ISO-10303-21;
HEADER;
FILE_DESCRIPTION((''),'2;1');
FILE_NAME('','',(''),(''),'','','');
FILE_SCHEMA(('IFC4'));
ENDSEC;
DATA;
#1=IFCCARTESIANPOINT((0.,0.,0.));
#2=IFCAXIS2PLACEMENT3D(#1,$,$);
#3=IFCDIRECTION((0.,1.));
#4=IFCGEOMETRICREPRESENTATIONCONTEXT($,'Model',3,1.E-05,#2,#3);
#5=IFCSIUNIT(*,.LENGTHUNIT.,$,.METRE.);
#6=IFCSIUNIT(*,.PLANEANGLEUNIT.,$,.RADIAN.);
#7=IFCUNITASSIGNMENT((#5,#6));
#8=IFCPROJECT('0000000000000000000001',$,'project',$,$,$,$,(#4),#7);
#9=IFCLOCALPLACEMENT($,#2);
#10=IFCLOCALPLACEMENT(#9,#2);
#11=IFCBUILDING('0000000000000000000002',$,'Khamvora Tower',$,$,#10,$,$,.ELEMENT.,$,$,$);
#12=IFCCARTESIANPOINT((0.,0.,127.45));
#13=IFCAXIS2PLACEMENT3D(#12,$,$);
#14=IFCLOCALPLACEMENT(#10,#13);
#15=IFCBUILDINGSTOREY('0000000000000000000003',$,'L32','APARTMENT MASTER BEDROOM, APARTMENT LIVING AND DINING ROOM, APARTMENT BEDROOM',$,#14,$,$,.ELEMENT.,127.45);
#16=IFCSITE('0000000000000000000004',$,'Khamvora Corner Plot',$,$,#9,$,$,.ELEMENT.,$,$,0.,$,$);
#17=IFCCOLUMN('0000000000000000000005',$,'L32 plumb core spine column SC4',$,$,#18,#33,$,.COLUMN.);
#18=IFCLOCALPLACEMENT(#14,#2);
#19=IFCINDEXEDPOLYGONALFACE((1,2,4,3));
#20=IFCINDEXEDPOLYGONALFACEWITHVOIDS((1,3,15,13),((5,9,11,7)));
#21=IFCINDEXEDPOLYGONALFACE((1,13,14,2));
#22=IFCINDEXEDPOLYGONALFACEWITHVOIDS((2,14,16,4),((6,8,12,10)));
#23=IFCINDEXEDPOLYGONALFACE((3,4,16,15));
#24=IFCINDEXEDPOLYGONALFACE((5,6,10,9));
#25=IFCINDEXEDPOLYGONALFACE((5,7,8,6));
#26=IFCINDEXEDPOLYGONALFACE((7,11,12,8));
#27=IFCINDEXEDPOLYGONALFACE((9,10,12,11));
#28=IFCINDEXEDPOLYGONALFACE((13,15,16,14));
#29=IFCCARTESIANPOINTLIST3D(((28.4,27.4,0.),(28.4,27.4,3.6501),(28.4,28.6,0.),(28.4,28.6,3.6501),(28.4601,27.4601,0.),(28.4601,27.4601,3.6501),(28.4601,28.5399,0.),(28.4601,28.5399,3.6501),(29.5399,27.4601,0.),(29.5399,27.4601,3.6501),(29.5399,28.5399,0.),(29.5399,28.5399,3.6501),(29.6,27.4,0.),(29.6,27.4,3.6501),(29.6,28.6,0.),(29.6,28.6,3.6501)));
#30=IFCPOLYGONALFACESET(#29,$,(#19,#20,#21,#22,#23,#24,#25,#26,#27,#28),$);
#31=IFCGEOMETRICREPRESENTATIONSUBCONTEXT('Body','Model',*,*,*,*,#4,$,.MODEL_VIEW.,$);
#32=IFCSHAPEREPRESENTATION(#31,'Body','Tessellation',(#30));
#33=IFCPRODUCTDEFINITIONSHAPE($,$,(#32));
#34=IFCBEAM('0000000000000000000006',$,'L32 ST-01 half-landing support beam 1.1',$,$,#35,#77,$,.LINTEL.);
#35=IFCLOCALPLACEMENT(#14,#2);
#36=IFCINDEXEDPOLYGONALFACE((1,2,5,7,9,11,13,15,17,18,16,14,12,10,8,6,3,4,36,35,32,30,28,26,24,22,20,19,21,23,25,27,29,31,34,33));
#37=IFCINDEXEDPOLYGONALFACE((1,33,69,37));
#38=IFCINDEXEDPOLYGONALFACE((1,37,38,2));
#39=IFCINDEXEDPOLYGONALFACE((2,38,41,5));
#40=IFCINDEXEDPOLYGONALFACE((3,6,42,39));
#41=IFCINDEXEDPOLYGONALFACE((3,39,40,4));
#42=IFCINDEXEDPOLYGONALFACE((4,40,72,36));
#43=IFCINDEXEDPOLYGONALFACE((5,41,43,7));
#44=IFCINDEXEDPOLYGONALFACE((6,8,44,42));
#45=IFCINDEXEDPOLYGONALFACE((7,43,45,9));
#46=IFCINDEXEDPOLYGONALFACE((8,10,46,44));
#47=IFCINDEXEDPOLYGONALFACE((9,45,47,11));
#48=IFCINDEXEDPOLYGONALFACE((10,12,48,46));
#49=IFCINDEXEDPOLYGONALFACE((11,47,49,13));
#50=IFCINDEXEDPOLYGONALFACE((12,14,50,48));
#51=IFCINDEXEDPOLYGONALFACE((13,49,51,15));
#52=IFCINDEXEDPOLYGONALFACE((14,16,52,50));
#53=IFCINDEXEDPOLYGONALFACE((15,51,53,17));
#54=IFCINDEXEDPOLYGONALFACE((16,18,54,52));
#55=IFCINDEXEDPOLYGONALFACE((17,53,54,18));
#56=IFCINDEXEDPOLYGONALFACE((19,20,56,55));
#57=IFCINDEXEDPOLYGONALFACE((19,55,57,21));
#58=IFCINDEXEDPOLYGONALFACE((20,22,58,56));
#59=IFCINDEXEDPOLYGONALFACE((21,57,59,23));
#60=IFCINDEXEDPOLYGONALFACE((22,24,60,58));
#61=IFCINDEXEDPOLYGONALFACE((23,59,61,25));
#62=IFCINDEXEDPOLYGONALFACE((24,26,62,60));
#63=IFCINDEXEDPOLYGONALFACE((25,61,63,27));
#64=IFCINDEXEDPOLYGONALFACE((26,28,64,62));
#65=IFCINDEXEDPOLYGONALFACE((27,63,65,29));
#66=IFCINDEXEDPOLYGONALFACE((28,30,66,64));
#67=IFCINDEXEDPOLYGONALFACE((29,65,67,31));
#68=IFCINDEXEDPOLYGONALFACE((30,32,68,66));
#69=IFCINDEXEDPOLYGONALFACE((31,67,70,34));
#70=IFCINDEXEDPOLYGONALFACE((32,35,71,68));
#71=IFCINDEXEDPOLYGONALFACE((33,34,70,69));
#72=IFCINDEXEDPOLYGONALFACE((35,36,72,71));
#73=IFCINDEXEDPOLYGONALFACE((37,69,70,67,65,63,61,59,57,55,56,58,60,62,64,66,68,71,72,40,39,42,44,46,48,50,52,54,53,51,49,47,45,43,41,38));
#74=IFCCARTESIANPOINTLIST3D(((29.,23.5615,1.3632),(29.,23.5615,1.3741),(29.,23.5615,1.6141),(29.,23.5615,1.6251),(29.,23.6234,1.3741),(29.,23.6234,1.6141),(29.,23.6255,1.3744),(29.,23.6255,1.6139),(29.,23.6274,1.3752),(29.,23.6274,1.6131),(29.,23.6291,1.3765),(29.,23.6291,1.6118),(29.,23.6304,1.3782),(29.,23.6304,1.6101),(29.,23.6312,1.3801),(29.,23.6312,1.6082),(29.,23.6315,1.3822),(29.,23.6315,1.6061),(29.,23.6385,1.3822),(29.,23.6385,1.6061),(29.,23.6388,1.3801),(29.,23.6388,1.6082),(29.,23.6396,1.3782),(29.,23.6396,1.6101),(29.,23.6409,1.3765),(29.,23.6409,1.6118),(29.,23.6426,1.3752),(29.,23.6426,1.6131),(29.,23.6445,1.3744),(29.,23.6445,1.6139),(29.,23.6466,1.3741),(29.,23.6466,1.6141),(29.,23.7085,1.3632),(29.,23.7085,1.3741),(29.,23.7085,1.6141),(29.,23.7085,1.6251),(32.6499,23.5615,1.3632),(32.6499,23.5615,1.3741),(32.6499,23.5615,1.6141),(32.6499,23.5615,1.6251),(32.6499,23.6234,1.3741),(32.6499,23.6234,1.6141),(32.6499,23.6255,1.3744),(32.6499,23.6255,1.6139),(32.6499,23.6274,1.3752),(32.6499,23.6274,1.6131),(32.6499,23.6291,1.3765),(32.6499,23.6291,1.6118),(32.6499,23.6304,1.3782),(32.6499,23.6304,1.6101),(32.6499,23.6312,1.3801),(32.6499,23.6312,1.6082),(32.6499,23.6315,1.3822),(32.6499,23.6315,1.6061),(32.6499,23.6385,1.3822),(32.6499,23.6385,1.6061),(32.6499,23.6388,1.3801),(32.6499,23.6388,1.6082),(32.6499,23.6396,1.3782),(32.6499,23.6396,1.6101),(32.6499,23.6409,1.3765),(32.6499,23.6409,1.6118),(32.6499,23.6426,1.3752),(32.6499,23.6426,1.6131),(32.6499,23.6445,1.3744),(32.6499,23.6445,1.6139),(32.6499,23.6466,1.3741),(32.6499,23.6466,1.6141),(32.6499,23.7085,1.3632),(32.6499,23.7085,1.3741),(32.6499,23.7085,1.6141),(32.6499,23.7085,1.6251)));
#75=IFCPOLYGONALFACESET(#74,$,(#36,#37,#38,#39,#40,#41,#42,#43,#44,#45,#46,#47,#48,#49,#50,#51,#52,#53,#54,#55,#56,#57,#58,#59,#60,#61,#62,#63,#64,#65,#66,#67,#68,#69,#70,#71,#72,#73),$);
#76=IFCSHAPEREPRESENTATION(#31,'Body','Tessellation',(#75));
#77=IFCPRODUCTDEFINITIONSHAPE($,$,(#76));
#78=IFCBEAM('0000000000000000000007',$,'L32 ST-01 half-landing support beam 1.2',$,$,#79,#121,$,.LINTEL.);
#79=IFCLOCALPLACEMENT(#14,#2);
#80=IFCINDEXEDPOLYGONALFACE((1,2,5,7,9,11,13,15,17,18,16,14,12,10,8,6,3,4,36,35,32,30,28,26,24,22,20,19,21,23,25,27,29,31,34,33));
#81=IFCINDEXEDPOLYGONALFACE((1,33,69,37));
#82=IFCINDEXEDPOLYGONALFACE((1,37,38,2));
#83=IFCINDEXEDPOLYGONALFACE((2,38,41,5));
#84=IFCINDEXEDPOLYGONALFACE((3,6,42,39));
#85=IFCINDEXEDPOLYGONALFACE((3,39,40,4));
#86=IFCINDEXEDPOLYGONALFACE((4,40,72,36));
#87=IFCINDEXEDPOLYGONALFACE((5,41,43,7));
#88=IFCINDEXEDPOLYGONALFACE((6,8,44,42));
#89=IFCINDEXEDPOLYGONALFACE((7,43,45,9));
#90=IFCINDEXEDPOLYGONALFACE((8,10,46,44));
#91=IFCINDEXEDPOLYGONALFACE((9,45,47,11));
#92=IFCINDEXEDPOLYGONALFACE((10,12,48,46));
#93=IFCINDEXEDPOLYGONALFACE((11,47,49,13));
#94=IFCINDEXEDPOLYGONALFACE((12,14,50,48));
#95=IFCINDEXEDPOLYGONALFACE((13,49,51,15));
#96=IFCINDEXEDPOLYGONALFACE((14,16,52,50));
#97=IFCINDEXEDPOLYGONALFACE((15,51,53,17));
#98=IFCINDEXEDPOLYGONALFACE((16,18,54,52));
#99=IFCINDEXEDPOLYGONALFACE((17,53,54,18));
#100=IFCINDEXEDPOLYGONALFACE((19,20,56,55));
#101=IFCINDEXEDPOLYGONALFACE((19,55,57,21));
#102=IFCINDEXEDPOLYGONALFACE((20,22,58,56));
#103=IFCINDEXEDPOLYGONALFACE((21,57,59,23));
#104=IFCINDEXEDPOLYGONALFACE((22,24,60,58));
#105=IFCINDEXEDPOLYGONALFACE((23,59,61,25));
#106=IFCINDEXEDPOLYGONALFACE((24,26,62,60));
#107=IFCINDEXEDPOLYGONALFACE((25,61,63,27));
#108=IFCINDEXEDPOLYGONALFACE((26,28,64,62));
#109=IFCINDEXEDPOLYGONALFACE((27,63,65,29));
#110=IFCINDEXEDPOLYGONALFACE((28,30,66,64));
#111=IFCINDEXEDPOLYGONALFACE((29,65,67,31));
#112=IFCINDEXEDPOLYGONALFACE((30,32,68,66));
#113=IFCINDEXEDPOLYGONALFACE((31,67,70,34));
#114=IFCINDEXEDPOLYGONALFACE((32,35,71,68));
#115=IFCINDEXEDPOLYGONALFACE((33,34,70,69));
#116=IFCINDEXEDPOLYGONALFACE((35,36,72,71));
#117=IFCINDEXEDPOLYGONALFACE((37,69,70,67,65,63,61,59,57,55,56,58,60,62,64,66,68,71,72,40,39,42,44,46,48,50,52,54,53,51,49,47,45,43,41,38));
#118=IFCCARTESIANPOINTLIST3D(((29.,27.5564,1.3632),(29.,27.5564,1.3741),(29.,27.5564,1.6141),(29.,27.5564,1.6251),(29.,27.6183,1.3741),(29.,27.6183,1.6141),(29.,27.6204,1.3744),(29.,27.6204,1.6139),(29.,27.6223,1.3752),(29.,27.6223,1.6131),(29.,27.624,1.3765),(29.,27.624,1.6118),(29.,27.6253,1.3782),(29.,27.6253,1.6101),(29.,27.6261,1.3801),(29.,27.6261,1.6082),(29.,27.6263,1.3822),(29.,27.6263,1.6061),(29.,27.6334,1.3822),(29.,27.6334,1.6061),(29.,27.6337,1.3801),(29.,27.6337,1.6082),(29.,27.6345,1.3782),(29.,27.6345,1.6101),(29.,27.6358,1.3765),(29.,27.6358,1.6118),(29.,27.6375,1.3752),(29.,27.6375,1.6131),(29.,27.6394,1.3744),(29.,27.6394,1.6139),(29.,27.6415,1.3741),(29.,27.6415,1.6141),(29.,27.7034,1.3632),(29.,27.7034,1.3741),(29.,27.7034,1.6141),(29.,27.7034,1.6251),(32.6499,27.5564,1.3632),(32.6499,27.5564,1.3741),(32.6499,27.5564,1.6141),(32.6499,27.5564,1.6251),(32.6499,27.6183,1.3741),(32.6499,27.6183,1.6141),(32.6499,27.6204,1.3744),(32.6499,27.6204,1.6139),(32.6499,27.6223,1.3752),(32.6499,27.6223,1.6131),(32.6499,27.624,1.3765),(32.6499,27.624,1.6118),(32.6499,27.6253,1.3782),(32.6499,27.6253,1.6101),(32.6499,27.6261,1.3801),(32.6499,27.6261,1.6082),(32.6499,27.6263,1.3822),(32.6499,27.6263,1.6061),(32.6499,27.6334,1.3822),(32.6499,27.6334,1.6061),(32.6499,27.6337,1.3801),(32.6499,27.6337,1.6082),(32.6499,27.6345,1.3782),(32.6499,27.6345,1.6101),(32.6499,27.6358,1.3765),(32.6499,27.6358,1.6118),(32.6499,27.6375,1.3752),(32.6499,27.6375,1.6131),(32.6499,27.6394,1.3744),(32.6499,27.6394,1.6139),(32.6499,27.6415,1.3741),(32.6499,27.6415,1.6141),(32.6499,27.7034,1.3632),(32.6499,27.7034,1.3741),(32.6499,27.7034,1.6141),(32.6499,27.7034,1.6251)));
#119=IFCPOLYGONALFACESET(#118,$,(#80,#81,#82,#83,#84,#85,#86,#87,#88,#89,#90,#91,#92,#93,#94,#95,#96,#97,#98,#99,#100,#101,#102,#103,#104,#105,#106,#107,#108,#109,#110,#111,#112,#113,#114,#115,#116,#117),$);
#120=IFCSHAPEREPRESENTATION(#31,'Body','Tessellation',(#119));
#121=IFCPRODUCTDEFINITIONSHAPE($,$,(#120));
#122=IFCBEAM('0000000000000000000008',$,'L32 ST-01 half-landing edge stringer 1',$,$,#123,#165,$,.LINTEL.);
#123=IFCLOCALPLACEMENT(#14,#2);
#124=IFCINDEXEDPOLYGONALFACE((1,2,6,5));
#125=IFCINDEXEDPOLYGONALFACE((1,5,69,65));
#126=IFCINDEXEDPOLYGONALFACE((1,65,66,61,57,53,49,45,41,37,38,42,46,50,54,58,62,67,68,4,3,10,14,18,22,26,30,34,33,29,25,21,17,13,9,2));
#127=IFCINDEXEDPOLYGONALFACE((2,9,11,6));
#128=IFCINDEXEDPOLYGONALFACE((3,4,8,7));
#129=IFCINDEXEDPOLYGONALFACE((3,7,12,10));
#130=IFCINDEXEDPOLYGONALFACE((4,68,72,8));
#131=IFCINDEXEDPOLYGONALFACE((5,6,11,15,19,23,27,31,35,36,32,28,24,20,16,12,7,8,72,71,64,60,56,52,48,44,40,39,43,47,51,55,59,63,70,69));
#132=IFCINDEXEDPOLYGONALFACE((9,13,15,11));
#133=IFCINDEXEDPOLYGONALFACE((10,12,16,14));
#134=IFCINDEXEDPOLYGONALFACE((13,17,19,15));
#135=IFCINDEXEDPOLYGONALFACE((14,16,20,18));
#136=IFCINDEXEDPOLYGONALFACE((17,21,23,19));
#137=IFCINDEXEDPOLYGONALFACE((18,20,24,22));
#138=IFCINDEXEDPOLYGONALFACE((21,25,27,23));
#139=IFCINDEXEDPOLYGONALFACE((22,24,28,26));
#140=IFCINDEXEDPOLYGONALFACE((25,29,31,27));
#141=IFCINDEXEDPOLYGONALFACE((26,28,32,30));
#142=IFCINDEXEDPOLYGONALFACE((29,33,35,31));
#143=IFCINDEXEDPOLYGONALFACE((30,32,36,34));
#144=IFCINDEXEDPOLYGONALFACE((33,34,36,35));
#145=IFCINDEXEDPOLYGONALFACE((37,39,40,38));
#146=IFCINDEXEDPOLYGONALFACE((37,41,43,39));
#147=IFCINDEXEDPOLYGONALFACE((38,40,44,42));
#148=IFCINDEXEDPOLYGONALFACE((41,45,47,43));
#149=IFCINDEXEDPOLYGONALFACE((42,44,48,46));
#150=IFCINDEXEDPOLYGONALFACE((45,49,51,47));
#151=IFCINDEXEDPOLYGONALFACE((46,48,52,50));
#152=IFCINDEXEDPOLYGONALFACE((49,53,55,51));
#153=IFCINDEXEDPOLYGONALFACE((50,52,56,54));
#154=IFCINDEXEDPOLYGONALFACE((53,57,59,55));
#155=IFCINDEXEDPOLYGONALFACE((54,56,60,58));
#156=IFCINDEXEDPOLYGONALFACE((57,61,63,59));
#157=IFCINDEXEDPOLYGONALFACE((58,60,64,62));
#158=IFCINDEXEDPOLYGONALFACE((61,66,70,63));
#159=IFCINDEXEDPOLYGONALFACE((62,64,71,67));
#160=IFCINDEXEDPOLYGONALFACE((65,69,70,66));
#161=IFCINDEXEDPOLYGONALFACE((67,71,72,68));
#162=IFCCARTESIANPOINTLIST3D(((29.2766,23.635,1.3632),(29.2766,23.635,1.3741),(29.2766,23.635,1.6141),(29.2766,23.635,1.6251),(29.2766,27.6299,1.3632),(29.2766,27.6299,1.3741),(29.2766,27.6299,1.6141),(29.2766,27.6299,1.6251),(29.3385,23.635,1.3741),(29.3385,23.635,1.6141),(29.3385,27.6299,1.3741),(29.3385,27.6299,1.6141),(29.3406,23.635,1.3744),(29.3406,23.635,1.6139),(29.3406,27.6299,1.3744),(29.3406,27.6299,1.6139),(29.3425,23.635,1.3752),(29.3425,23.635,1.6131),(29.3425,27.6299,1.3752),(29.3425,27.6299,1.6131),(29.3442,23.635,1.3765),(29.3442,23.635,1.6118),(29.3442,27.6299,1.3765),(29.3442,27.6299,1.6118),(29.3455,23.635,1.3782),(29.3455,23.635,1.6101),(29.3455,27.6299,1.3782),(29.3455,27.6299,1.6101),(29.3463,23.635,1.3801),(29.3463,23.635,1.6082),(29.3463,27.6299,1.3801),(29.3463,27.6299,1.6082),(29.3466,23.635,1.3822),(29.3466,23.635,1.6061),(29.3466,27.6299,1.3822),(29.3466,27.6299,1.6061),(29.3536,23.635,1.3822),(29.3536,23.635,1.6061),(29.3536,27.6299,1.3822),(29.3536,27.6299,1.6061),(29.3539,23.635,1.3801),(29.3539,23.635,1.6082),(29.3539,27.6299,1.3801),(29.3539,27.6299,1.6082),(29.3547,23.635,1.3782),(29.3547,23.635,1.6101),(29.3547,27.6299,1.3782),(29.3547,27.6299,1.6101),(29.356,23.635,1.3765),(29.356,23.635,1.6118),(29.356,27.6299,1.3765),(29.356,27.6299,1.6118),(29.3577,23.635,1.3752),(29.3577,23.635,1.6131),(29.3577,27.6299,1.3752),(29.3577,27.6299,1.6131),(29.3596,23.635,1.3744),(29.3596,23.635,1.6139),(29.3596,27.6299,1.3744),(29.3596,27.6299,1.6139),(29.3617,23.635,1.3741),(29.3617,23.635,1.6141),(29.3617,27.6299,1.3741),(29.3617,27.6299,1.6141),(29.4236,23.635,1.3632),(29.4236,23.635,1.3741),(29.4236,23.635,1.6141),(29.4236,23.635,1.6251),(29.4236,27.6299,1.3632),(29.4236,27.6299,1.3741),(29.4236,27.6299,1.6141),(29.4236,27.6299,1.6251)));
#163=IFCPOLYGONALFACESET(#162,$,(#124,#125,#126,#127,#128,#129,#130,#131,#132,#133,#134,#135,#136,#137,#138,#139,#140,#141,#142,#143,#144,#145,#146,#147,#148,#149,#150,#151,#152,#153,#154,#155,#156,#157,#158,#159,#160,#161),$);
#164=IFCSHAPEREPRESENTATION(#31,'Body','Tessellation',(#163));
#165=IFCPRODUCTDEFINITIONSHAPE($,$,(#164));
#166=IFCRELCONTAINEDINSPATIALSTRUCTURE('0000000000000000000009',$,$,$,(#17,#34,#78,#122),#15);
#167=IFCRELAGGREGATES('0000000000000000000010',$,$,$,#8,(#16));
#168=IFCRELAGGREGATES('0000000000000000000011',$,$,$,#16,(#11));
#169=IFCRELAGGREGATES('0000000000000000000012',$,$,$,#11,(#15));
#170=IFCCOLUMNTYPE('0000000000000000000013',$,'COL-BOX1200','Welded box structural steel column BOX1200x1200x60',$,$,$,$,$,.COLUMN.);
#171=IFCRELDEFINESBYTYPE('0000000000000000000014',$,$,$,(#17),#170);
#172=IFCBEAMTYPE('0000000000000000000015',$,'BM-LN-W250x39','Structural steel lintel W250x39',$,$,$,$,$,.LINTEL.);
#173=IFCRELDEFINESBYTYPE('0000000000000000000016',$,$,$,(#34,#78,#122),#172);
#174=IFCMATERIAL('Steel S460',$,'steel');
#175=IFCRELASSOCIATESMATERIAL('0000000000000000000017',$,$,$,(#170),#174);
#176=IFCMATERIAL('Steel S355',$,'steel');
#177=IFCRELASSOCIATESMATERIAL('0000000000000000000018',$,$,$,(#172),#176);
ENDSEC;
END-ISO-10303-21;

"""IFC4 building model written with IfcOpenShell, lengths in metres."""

from ifc_helpers import new_model, si_unit, direction, frame, origin, origin_2d, place, context, subcontext, project, spatial, hollow_rectangle, i_section, extrude, material, material_profile, profile_set, type_object, element, save


model = new_model("IFC4")

# Units and contexts
model_context = context("Model", 3, precision=1e-05, world=origin(), true_north=direction((0.0, 1.0)))
body_context = subcontext(model_context, "Body", "Model", "MODEL_VIEW")
ifc_project = project(units=[si_unit("LENGTHUNIT", "METRE"), si_unit("PLANEANGLEUNIT", "RADIAN")], contexts=[model_context])

# Site, building, storey
site_placement = place(None, origin())
site = spatial("IfcSite", under=ifc_project, at=site_placement, Name="Khamvora Corner Plot", CompositionType="ELEMENT", RefElevation=0.0)
building_placement = place(site_placement, origin())
building = spatial("IfcBuilding", under=site, at=building_placement, Name="Khamvora Tower", CompositionType="ELEMENT")
storey_placement = place(building_placement, frame((0.0, 0.0, 127.45)))
storey = spatial("IfcBuildingStorey", under=building, at=storey_placement, Name="L32", Description="APARTMENT MASTER BEDROOM, APARTMENT LIVING AND DINING ROOM, APARTMENT BEDROOM", CompositionType="ELEMENT", Elevation=127.45)

# Column
ifc_material_1 = material(Name="Steel S460", Category="steel")
ifc_material_profile_1 = material_profile(ifc_material_1, hollow_rectangle(XDim=1.2, YDim=1.2, WallThickness=0.0601, at=origin_2d()), Name="BOX1200x1200x60")
ifc_profile_set_1 = profile_set([ifc_material_profile_1], Name="Steel S460")
column_type = type_object("IfcColumnType", Name="COL-BOX1200", Description="Welded box structural steel column BOX1200x1200x60", PredefinedType="COLUMN", material=ifc_profile_set_1)
column_placement = place(storey_placement, frame((29.0, 28.0, 0.0), z_axis=(0.0, 0.0, 1.0), x_axis=(1.0, 0.0, 0.0)))
element("IfcColumn", 1, at=column_placement, inside=storey, type_object=column_type, Name="L32 plumb core spine column SC4", PredefinedType="COLUMN", context=body_context, shape_type="SweptSolid", body=[
    extrude(hollow_rectangle(XDim=1.2, YDim=1.2, WallThickness=0.0601, at=origin_2d()), origin(), (0.0, 0.0, 1.0), 3.6501),
])

# Beams
ifc_material_2 = material(Name="Steel S355", Category="steel")
ifc_material_profile_2 = material_profile(ifc_material_2, i_section(OverallWidth=0.147, OverallDepth=0.262, WebThickness=0.0071, FlangeThickness=0.011, FilletRadius=0.0081, at=origin_2d()), Name="W250x39")
ifc_profile_set_2 = profile_set([ifc_material_profile_2], Name="Steel S355")
beam_type_1 = type_object("IfcBeamType", Name="BM-LN-W250x39", Description="Structural steel lintel W250x39", PredefinedType="LINTEL", material=ifc_profile_set_2)
for number, where, z_axis, x_axis, name in (
    (2, (29.0, 23.635, 1.4941), (1.0, 0.0, 0.0), (0.0, 1.0, 0.0), "L32 ST-01 half-landing support beam 1.1"),
    (3, (29.0, 27.6299, 1.4941), (1.0, 0.0, 0.0), (0.0, 1.0, 0.0), "L32 ST-01 half-landing support beam 1.2"),
):
    element("IfcBeam", number, at=place(storey_placement, frame(where, z_axis=z_axis, x_axis=x_axis)), inside=storey, type_object=beam_type_1, Name=name, PredefinedType="LINTEL", context=body_context, shape_type="SweptSolid", body=[
        extrude(i_section(OverallWidth=0.147, OverallDepth=0.262, WebThickness=0.0071, FlangeThickness=0.011, FilletRadius=0.0081, at=origin_2d()), origin(), (0.0, 0.0, 1.0), 3.6499),
    ])
beam_1_placement = place(storey_placement, frame((29.3501, 23.635, 1.4941), z_axis=(0.0, 1.0, 0.0), x_axis=(-1.0, 0.0, 0.0)))
element("IfcBeam", 4, at=beam_1_placement, inside=storey, type_object=beam_type_1, Name="L32 ST-01 half-landing edge stringer 1", PredefinedType="LINTEL", context=body_context, shape_type="SweptSolid", body=[
    extrude(i_section(OverallWidth=0.147, OverallDepth=0.262, WebThickness=0.0071, FlangeThickness=0.011, FilletRadius=0.0081, at=origin_2d()), origin(), (0.0, 0.0, 1.0), 3.9949),
])

save(model, "model.ifc")
